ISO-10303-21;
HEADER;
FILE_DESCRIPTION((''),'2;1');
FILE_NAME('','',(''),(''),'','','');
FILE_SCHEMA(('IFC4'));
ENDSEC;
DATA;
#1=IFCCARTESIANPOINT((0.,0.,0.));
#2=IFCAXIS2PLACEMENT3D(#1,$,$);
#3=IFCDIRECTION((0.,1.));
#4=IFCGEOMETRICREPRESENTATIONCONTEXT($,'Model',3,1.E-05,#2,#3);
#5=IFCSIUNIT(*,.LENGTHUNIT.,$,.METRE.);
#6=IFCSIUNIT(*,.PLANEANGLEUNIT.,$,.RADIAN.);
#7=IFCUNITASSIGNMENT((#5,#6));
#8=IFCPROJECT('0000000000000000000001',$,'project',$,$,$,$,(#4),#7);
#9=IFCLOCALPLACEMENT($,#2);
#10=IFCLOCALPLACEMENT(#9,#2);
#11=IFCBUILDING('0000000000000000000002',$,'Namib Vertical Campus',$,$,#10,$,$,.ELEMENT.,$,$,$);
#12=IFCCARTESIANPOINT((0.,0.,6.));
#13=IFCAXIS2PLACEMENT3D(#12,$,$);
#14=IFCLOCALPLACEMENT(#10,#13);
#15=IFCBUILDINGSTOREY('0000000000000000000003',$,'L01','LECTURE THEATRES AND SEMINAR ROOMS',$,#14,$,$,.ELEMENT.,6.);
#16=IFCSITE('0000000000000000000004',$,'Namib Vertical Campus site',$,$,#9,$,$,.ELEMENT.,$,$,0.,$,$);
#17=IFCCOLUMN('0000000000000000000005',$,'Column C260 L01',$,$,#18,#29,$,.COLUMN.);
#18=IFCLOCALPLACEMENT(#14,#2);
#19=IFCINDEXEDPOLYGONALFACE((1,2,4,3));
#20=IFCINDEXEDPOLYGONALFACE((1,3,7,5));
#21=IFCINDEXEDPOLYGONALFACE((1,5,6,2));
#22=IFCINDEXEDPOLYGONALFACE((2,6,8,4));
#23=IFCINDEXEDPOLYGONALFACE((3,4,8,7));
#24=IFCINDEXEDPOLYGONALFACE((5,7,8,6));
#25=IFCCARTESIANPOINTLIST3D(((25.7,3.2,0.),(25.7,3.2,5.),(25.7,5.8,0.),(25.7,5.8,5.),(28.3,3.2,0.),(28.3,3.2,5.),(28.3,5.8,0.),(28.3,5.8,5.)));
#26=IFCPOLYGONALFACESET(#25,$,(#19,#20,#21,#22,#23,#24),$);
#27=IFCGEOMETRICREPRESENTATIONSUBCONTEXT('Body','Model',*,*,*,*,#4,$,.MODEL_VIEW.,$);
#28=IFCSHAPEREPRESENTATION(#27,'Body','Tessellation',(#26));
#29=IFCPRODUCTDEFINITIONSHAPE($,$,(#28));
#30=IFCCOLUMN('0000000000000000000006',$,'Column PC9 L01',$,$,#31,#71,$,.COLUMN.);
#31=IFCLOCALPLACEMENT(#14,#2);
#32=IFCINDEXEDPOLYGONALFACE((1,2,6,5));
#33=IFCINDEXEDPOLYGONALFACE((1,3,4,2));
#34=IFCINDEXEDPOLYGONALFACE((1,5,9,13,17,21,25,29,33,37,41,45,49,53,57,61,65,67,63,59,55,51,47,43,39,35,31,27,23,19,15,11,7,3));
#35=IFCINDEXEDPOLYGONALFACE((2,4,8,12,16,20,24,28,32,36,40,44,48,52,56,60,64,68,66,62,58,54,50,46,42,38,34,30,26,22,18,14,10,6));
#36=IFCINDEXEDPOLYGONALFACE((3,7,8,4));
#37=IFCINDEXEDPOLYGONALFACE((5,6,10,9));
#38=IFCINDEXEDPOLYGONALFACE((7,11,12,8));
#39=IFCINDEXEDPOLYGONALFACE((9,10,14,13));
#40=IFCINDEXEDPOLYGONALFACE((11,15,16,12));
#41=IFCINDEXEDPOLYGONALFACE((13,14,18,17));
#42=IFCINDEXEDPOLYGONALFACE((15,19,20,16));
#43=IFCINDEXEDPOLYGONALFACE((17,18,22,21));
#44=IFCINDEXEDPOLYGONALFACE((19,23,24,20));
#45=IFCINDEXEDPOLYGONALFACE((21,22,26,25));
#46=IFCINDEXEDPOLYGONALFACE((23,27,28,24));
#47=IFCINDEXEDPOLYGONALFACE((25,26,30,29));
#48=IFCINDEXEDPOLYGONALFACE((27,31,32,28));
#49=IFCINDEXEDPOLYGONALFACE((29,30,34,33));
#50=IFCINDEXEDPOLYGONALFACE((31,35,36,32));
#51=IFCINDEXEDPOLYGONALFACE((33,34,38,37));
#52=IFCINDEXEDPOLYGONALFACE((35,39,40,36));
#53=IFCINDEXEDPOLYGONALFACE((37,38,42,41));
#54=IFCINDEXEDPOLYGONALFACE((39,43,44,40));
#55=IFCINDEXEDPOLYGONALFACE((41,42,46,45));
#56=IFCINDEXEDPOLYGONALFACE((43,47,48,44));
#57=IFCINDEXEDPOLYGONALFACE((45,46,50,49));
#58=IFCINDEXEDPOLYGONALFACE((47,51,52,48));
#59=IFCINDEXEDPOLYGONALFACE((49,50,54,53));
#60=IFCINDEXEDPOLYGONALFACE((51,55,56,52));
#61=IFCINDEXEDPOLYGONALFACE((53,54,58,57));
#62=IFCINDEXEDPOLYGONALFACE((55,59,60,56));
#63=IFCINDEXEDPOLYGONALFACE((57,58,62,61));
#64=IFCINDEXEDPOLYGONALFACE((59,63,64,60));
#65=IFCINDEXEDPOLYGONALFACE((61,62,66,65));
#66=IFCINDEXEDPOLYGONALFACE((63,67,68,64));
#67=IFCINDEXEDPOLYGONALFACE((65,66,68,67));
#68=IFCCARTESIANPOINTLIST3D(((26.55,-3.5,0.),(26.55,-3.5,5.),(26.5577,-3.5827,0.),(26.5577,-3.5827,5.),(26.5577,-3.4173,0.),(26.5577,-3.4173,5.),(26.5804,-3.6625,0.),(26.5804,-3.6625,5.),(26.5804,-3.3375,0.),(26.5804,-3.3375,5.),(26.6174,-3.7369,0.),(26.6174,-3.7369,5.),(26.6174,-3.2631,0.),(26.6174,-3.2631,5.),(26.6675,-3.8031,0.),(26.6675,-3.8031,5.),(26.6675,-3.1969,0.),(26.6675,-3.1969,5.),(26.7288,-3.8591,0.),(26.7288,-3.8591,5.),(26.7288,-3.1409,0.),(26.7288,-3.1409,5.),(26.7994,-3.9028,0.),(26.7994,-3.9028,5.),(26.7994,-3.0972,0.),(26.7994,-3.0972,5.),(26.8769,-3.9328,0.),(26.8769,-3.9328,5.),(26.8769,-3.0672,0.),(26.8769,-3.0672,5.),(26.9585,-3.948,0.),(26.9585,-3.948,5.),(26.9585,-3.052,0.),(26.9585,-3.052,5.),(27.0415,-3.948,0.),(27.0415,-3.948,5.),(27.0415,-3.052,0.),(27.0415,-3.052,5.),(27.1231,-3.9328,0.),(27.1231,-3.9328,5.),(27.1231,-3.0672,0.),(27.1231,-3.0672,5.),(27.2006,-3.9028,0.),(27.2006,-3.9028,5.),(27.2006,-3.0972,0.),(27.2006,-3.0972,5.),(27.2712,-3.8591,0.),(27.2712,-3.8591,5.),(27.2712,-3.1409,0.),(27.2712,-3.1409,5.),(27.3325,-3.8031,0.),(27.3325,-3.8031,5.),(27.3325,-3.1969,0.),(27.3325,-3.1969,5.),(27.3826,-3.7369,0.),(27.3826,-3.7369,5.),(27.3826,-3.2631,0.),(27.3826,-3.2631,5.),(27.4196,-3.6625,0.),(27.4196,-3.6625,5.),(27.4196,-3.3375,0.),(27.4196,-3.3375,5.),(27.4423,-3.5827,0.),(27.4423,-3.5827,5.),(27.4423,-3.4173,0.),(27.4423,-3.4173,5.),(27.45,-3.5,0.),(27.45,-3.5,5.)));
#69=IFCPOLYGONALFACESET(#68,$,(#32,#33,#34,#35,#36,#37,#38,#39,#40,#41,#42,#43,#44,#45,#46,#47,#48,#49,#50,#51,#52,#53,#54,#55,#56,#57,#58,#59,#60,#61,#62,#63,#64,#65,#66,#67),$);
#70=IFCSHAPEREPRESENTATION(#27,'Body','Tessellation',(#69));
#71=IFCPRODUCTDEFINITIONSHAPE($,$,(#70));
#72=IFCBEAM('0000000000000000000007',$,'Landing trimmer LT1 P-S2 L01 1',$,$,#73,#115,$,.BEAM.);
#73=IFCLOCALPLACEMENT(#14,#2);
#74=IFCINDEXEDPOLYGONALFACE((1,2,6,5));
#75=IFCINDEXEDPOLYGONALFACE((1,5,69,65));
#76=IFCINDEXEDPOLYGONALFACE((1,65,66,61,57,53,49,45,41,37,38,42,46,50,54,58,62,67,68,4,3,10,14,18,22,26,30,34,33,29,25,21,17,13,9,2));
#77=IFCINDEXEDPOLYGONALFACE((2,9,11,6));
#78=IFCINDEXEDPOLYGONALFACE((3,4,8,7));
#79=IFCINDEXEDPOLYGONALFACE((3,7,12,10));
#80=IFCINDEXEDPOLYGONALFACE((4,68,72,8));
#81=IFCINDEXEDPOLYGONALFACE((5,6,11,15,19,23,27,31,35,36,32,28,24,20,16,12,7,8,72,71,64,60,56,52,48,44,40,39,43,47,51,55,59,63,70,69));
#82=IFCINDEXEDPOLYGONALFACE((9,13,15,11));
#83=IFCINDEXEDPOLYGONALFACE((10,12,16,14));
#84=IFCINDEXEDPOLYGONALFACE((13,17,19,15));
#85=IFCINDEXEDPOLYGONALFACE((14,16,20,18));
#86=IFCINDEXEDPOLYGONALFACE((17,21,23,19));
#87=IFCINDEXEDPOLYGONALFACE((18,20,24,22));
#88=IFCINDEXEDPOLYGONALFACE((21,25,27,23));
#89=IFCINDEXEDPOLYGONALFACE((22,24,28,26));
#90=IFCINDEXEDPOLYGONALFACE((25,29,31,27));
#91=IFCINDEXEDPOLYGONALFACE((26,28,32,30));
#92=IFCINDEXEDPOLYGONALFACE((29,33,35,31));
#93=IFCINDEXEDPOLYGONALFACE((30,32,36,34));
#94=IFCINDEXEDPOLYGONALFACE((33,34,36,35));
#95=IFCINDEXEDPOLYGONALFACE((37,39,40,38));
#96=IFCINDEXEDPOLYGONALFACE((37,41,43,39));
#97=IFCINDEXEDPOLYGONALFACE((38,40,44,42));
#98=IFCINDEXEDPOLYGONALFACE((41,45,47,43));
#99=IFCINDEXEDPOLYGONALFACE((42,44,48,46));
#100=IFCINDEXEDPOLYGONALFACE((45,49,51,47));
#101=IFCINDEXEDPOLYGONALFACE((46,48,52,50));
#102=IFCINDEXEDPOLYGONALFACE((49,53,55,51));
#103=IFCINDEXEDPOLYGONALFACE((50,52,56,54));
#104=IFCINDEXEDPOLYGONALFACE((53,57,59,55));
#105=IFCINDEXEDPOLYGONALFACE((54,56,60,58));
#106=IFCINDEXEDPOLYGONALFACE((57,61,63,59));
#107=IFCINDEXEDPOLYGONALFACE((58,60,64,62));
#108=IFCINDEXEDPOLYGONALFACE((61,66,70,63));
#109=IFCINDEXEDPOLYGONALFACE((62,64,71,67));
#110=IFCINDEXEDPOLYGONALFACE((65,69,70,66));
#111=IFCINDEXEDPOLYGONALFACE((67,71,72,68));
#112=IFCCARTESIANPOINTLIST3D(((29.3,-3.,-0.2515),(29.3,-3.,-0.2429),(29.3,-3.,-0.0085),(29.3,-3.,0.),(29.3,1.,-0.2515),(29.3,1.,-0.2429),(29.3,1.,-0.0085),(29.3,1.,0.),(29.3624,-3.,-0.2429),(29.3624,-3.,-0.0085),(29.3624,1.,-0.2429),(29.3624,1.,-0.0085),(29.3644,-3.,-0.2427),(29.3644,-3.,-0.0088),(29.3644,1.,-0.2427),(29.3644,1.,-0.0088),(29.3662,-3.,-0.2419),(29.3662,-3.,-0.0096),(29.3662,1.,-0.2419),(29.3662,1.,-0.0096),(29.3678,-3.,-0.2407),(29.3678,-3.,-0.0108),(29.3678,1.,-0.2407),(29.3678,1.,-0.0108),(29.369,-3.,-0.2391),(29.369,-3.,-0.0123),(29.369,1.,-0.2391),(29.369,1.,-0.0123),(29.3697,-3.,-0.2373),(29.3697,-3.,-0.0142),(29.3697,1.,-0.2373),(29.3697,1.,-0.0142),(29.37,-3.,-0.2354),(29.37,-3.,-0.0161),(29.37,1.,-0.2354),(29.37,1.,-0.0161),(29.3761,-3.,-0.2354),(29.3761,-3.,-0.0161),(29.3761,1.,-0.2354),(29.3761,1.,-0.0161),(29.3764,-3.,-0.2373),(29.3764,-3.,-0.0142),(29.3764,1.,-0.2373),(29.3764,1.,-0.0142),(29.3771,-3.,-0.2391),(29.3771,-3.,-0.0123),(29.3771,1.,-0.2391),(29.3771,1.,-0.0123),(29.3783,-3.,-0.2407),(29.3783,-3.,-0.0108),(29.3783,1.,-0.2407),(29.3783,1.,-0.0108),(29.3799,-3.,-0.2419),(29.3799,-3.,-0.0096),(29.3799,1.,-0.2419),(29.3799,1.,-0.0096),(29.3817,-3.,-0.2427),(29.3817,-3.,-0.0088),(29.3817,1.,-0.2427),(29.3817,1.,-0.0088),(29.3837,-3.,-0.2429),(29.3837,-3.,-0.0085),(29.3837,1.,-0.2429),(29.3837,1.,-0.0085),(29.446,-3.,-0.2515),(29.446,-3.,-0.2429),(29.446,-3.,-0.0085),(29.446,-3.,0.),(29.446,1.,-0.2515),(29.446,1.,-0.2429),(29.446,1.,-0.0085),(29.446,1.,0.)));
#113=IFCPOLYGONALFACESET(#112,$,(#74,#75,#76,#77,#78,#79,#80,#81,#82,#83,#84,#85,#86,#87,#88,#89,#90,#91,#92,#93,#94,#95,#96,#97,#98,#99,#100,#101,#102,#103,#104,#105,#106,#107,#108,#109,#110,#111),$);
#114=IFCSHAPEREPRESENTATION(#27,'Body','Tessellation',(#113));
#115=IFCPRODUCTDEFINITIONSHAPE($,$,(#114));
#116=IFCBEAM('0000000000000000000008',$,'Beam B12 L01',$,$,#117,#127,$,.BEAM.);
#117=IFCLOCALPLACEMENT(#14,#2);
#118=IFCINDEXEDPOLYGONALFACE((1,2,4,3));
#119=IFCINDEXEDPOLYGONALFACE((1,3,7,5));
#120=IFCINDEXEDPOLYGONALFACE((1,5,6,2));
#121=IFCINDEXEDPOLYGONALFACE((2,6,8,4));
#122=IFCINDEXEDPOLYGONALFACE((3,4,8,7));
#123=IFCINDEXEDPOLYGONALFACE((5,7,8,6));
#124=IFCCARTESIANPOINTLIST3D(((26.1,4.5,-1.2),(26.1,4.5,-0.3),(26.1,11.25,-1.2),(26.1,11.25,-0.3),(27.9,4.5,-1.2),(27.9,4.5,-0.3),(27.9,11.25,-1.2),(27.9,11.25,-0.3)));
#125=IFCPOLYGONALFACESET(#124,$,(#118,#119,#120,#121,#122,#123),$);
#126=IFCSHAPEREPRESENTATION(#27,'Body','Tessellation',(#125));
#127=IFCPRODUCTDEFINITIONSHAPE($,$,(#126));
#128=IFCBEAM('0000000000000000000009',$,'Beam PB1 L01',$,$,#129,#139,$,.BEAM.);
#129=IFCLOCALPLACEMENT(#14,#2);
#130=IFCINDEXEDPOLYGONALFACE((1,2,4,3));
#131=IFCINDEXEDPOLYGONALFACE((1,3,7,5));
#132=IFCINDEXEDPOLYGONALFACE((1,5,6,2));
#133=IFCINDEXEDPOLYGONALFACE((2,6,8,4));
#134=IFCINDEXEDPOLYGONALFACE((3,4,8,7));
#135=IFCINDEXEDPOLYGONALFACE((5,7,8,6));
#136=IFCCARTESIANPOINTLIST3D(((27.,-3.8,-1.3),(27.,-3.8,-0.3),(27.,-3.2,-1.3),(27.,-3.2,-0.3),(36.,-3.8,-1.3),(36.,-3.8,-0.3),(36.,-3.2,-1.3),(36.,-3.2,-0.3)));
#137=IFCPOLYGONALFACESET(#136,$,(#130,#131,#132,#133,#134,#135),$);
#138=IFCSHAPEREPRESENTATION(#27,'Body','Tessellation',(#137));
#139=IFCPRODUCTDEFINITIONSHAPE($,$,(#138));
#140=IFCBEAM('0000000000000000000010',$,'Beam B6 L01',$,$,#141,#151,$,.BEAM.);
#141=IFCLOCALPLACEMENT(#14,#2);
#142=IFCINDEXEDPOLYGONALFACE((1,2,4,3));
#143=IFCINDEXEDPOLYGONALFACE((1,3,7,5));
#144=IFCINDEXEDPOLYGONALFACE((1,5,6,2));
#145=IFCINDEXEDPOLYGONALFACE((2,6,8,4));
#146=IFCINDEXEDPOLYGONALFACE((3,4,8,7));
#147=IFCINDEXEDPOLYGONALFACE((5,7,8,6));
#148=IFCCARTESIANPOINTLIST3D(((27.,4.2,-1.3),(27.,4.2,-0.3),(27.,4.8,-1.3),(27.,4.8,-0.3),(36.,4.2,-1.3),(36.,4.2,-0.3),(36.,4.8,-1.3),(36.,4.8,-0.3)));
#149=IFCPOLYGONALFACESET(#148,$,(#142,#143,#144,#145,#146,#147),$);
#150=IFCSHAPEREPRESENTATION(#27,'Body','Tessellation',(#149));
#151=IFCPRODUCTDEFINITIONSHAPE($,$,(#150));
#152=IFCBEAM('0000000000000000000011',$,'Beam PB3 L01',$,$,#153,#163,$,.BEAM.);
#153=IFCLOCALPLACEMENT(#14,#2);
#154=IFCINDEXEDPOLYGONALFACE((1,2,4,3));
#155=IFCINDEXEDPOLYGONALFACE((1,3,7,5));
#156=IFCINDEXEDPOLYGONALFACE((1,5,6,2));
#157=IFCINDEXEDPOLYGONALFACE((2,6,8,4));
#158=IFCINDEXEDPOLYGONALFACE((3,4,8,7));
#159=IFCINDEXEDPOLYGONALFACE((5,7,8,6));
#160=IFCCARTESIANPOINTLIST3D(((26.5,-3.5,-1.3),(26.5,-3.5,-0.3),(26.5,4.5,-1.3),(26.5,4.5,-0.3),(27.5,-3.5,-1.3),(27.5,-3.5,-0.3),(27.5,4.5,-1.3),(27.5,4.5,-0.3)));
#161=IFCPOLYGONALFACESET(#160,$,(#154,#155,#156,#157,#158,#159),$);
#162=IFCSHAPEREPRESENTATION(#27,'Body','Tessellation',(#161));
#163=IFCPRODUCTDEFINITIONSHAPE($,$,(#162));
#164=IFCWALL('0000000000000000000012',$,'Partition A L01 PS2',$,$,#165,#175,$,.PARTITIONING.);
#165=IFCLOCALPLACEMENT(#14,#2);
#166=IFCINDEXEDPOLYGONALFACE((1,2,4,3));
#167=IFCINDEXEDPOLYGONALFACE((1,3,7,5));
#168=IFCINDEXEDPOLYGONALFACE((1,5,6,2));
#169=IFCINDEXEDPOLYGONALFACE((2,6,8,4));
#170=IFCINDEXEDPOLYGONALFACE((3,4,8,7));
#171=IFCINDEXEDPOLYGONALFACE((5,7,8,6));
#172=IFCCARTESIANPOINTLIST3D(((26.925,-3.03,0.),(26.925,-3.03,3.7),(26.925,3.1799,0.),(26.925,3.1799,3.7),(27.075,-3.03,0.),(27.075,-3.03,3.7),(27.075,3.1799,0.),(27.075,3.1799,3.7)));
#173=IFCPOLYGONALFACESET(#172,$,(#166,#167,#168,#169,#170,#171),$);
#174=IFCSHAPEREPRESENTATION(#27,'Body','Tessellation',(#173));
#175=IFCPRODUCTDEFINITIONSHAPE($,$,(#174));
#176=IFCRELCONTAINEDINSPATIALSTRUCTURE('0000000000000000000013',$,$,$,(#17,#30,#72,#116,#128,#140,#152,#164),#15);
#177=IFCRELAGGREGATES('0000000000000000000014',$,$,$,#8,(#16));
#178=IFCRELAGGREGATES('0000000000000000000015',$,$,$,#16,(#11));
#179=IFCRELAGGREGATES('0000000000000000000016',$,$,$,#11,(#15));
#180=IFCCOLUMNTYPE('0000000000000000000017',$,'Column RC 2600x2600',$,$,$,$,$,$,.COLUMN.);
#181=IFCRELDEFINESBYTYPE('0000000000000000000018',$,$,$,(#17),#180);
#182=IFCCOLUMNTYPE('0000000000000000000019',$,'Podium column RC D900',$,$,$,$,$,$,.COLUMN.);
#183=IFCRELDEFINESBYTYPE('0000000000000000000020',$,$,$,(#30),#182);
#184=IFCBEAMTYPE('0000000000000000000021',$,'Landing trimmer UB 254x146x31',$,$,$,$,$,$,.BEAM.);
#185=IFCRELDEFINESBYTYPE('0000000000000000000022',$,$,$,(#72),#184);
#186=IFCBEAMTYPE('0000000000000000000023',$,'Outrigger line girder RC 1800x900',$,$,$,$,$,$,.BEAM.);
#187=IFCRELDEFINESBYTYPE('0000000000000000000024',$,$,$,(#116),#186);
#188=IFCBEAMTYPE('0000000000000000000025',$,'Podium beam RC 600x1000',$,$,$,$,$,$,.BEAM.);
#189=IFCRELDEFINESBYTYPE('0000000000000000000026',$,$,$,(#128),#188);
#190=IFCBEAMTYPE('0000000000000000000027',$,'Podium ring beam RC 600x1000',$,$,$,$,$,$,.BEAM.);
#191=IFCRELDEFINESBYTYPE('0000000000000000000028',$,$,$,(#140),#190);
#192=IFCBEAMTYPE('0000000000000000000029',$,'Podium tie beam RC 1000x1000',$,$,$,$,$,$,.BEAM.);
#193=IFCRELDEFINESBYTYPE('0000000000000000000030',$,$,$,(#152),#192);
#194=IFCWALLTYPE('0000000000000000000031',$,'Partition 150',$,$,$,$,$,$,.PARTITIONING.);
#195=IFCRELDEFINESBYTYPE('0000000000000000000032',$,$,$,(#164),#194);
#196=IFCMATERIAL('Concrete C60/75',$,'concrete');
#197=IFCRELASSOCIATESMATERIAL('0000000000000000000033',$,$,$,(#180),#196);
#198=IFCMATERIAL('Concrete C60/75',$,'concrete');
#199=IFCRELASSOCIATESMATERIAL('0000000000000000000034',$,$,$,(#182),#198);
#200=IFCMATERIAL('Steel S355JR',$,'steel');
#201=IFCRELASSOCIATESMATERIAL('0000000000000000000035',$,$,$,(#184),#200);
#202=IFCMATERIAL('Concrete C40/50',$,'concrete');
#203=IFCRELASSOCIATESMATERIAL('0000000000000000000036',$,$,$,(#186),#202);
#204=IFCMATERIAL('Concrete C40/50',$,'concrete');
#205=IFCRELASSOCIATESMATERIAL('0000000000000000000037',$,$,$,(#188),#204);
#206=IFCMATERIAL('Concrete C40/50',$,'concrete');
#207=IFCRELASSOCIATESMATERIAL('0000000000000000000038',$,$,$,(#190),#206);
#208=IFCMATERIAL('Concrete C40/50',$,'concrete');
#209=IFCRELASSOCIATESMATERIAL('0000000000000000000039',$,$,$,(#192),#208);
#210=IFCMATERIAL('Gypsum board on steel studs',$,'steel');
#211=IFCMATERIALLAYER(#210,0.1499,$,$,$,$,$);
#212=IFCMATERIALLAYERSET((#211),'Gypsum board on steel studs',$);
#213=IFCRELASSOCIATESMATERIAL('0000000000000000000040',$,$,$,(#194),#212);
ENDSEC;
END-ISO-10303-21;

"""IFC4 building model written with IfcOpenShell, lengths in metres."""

from ifc_helpers import new_model, si_unit, direction, frame, frame_2d, origin, origin_2d, place, context, subcontext, project, spatial, rectangle, circle, i_section, extrude, material, layer, layer_set, material_profile, profile_set, type_object, element, save


model = new_model("IFC4")

# Units and contexts
model_context = context("Model", 3, precision=1e-05, world=origin(), true_north=direction((0.0, 1.0)))
body_context = subcontext(model_context, "Body", "Model", "MODEL_VIEW")
ifc_project = project(units=[si_unit("LENGTHUNIT", "METRE"), si_unit("PLANEANGLEUNIT", "RADIAN")], contexts=[model_context])

# Site, building, storey
site_placement = place(None, origin())
site = spatial("IfcSite", under=ifc_project, at=site_placement, Name="Namib Vertical Campus site", CompositionType="ELEMENT", RefElevation=0.0)
building_placement = place(site_placement, origin())
building = spatial("IfcBuilding", under=site, at=building_placement, Name="Namib Vertical Campus", CompositionType="ELEMENT")
storey_placement = place(building_placement, frame((0.0, 0.0, 6.0)))
storey = spatial("IfcBuildingStorey", under=building, at=storey_placement, Name="L01", Description="LECTURE THEATRES AND SEMINAR ROOMS", CompositionType="ELEMENT", Elevation=6.0)

# Columns
ifc_material_1 = material(Name="Concrete C60/75", Category="concrete")
ifc_material_profile_1 = material_profile(ifc_material_1, rectangle(XDim=2.6001, YDim=2.6001, at=origin_2d()))
ifc_profile_set_1 = profile_set([ifc_material_profile_1], Name="Concrete C60/75")
column_type_1 = type_object("IfcColumnType", Name="Column RC 2600x2600", PredefinedType="COLUMN", material=ifc_profile_set_1)
column_1_placement = place(storey_placement, frame((27.0, 4.5, 0.0), z_axis=(0.0, 0.0, 1.0), x_axis=(1.0, 0.0, 0.0)))
element("IfcColumn", 1, at=column_1_placement, inside=storey, type_object=column_type_1, Name="Column C260 L01", PredefinedType="COLUMN", context=body_context, shape_type="SweptSolid", body=[
    extrude(rectangle(XDim=2.6001, YDim=2.6001, at=origin_2d()), origin(), (0.0, 0.0, 1.0), 5.0),
])
ifc_material_2 = material(Name="Concrete C60/75", Category="concrete")
ifc_material_profile_2 = material_profile(ifc_material_2, circle(Radius=0.45, at=origin_2d()))
ifc_profile_set_2 = profile_set([ifc_material_profile_2], Name="Concrete C60/75")
column_type_2 = type_object("IfcColumnType", Name="Podium column RC D900", PredefinedType="COLUMN", material=ifc_profile_set_2)
column_2_placement = place(storey_placement, frame((27.0, -3.5, 0.0), z_axis=(0.0, 0.0, 1.0), x_axis=(1.0, 0.0, 0.0)))
element("IfcColumn", 2, at=column_2_placement, inside=storey, type_object=column_type_2, Name="Column PC9 L01", PredefinedType="COLUMN", context=body_context, shape_type="SweptSolid", body=[
    extrude(circle(Radius=0.45, at=origin_2d()), origin(), (0.0, 0.0, 1.0), 5.0),
])

# Beams
ifc_material_3 = material(Name="Steel S355JR", Category="steel")
ifc_material_profile_3 = material_profile(ifc_material_3, i_section(OverallWidth=0.146, OverallDepth=0.2515, WebThickness=0.0061, FlangeThickness=0.0085, FilletRadius=0.0076, at=origin_2d()))
ifc_profile_set_3 = profile_set([ifc_material_profile_3], Name="Steel S355JR")
beam_type_1 = type_object("IfcBeamType", Name="Landing trimmer UB 254x146x31", PredefinedType="BEAM", material=ifc_profile_set_3)
beam_1_placement = place(storey_placement, frame((29.373, -3.0, -0.1257), z_axis=(0.0, 1.0, 0.0), x_axis=(-1.0, 0.0, 0.0)))
element("IfcBeam", 3, at=beam_1_placement, inside=storey, type_object=beam_type_1, Name="Landing trimmer LT1 P-S2 L01 1", PredefinedType="BEAM", context=body_context, shape_type="SweptSolid", body=[
    extrude(i_section(OverallWidth=0.146, OverallDepth=0.2515, WebThickness=0.0061, FlangeThickness=0.0085, FilletRadius=0.0076, at=origin_2d()), origin(), (0.0, 0.0, 1.0), 4.0),
])
ifc_material_4 = material(Name="Concrete C40/50", Category="concrete")
ifc_material_profile_4 = material_profile(ifc_material_4, rectangle(XDim=1.8, YDim=0.8999, at=origin_2d()))
ifc_profile_set_4 = profile_set([ifc_material_profile_4], Name="Concrete C40/50")
beam_type_2 = type_object("IfcBeamType", Name="Outrigger line girder RC 1800x900", PredefinedType="BEAM", material=ifc_profile_set_4)
beam_2_placement = place(storey_placement, frame((27.0, 4.5, -0.75), z_axis=(0.0, 1.0, 0.0), x_axis=(-1.0, 0.0, 0.0)))
element("IfcBeam", 4, at=beam_2_placement, inside=storey, type_object=beam_type_2, Name="Beam B12 L01", PredefinedType="BEAM", context=body_context, shape_type="SweptSolid", body=[
    extrude(rectangle(XDim=1.8, YDim=0.8999, at=origin_2d()), origin(), (0.0, 0.0, 1.0), 6.75),
])
ifc_material_5 = material(Name="Concrete C40/50", Category="concrete")
ifc_material_profile_5 = material_profile(ifc_material_5, rectangle(XDim=0.6001, YDim=1.0, at=origin_2d()))
ifc_profile_set_5 = profile_set([ifc_material_profile_5], Name="Concrete C40/50")
beam_type_3 = type_object("IfcBeamType", Name="Podium beam RC 600x1000", PredefinedType="BEAM", material=ifc_profile_set_5)
beam_3_placement = place(storey_placement, frame((27.0, -3.5, -0.8), z_axis=(1.0, 0.0, 0.0), x_axis=(0.0, 1.0, 0.0)))
element("IfcBeam", 5, at=beam_3_placement, inside=storey, type_object=beam_type_3, Name="Beam PB1 L01", PredefinedType="BEAM", context=body_context, shape_type="SweptSolid", body=[
    extrude(rectangle(XDim=0.6001, YDim=1.0, at=origin_2d()), origin(), (0.0, 0.0, 1.0), 9.0),
])
ifc_material_6 = material(Name="Concrete C40/50", Category="concrete")
ifc_material_profile_6 = material_profile(ifc_material_6, rectangle(XDim=0.6001, YDim=1.0, at=origin_2d()))
ifc_profile_set_6 = profile_set([ifc_material_profile_6], Name="Concrete C40/50")
beam_type_4 = type_object("IfcBeamType", Name="Podium ring beam RC 600x1000", PredefinedType="BEAM", material=ifc_profile_set_6)
beam_4_placement = place(storey_placement, frame((27.0, 4.5, -0.8), z_axis=(1.0, 0.0, 0.0), x_axis=(0.0, 1.0, 0.0)))
element("IfcBeam", 6, at=beam_4_placement, inside=storey, type_object=beam_type_4, Name="Beam B6 L01", PredefinedType="BEAM", context=body_context, shape_type="SweptSolid", body=[
    extrude(rectangle(XDim=0.6001, YDim=1.0, at=origin_2d()), origin(), (0.0, 0.0, 1.0), 9.0),
])
ifc_material_7 = material(Name="Concrete C40/50", Category="concrete")
ifc_material_profile_7 = material_profile(ifc_material_7, rectangle(XDim=1.0, YDim=1.0, at=origin_2d()))
ifc_profile_set_7 = profile_set([ifc_material_profile_7], Name="Concrete C40/50")
beam_type_5 = type_object("IfcBeamType", Name="Podium tie beam RC 1000x1000", PredefinedType="BEAM", material=ifc_profile_set_7)
beam_5_placement = place(storey_placement, frame((27.0, -3.5, -0.8), z_axis=(0.0, 1.0, 0.0), x_axis=(-1.0, 0.0, 0.0)))
element("IfcBeam", 7, at=beam_5_placement, inside=storey, type_object=beam_type_5, Name="Beam PB3 L01", PredefinedType="BEAM", context=body_context, shape_type="SweptSolid", body=[
    extrude(rectangle(XDim=1.0, YDim=1.0, at=origin_2d()), origin(), (0.0, 0.0, 1.0), 8.0),
])

# Wall
ifc_material_8 = material(Name="Gypsum board on steel studs", Category="steel")
ifc_layer_1 = layer(ifc_material_8, 0.1499)
ifc_layer_set_1 = layer_set([ifc_layer_1], Name="Gypsum board on steel studs")
wall_type_1 = type_object("IfcWallType", Name="Partition 150", PredefinedType="PARTITIONING", material=ifc_layer_set_1)
wall_1_placement = place(storey_placement, frame((27.0, -3.03, 0.0), z_axis=(0.0, 0.0, 1.0), x_axis=(0.0, 1.0, 0.0)))
element("IfcWall", 8, at=wall_1_placement, inside=storey, type_object=wall_type_1, Name="Partition A L01 PS2", PredefinedType="PARTITIONING", context=body_context, shape_type="SweptSolid", body=[
    extrude(rectangle(XDim=6.21, YDim=0.1499, at=frame_2d((3.105, 0.0))), origin(), (0.0, 0.0, 1.0), 3.7),
])

save(model, "model.ifc")
